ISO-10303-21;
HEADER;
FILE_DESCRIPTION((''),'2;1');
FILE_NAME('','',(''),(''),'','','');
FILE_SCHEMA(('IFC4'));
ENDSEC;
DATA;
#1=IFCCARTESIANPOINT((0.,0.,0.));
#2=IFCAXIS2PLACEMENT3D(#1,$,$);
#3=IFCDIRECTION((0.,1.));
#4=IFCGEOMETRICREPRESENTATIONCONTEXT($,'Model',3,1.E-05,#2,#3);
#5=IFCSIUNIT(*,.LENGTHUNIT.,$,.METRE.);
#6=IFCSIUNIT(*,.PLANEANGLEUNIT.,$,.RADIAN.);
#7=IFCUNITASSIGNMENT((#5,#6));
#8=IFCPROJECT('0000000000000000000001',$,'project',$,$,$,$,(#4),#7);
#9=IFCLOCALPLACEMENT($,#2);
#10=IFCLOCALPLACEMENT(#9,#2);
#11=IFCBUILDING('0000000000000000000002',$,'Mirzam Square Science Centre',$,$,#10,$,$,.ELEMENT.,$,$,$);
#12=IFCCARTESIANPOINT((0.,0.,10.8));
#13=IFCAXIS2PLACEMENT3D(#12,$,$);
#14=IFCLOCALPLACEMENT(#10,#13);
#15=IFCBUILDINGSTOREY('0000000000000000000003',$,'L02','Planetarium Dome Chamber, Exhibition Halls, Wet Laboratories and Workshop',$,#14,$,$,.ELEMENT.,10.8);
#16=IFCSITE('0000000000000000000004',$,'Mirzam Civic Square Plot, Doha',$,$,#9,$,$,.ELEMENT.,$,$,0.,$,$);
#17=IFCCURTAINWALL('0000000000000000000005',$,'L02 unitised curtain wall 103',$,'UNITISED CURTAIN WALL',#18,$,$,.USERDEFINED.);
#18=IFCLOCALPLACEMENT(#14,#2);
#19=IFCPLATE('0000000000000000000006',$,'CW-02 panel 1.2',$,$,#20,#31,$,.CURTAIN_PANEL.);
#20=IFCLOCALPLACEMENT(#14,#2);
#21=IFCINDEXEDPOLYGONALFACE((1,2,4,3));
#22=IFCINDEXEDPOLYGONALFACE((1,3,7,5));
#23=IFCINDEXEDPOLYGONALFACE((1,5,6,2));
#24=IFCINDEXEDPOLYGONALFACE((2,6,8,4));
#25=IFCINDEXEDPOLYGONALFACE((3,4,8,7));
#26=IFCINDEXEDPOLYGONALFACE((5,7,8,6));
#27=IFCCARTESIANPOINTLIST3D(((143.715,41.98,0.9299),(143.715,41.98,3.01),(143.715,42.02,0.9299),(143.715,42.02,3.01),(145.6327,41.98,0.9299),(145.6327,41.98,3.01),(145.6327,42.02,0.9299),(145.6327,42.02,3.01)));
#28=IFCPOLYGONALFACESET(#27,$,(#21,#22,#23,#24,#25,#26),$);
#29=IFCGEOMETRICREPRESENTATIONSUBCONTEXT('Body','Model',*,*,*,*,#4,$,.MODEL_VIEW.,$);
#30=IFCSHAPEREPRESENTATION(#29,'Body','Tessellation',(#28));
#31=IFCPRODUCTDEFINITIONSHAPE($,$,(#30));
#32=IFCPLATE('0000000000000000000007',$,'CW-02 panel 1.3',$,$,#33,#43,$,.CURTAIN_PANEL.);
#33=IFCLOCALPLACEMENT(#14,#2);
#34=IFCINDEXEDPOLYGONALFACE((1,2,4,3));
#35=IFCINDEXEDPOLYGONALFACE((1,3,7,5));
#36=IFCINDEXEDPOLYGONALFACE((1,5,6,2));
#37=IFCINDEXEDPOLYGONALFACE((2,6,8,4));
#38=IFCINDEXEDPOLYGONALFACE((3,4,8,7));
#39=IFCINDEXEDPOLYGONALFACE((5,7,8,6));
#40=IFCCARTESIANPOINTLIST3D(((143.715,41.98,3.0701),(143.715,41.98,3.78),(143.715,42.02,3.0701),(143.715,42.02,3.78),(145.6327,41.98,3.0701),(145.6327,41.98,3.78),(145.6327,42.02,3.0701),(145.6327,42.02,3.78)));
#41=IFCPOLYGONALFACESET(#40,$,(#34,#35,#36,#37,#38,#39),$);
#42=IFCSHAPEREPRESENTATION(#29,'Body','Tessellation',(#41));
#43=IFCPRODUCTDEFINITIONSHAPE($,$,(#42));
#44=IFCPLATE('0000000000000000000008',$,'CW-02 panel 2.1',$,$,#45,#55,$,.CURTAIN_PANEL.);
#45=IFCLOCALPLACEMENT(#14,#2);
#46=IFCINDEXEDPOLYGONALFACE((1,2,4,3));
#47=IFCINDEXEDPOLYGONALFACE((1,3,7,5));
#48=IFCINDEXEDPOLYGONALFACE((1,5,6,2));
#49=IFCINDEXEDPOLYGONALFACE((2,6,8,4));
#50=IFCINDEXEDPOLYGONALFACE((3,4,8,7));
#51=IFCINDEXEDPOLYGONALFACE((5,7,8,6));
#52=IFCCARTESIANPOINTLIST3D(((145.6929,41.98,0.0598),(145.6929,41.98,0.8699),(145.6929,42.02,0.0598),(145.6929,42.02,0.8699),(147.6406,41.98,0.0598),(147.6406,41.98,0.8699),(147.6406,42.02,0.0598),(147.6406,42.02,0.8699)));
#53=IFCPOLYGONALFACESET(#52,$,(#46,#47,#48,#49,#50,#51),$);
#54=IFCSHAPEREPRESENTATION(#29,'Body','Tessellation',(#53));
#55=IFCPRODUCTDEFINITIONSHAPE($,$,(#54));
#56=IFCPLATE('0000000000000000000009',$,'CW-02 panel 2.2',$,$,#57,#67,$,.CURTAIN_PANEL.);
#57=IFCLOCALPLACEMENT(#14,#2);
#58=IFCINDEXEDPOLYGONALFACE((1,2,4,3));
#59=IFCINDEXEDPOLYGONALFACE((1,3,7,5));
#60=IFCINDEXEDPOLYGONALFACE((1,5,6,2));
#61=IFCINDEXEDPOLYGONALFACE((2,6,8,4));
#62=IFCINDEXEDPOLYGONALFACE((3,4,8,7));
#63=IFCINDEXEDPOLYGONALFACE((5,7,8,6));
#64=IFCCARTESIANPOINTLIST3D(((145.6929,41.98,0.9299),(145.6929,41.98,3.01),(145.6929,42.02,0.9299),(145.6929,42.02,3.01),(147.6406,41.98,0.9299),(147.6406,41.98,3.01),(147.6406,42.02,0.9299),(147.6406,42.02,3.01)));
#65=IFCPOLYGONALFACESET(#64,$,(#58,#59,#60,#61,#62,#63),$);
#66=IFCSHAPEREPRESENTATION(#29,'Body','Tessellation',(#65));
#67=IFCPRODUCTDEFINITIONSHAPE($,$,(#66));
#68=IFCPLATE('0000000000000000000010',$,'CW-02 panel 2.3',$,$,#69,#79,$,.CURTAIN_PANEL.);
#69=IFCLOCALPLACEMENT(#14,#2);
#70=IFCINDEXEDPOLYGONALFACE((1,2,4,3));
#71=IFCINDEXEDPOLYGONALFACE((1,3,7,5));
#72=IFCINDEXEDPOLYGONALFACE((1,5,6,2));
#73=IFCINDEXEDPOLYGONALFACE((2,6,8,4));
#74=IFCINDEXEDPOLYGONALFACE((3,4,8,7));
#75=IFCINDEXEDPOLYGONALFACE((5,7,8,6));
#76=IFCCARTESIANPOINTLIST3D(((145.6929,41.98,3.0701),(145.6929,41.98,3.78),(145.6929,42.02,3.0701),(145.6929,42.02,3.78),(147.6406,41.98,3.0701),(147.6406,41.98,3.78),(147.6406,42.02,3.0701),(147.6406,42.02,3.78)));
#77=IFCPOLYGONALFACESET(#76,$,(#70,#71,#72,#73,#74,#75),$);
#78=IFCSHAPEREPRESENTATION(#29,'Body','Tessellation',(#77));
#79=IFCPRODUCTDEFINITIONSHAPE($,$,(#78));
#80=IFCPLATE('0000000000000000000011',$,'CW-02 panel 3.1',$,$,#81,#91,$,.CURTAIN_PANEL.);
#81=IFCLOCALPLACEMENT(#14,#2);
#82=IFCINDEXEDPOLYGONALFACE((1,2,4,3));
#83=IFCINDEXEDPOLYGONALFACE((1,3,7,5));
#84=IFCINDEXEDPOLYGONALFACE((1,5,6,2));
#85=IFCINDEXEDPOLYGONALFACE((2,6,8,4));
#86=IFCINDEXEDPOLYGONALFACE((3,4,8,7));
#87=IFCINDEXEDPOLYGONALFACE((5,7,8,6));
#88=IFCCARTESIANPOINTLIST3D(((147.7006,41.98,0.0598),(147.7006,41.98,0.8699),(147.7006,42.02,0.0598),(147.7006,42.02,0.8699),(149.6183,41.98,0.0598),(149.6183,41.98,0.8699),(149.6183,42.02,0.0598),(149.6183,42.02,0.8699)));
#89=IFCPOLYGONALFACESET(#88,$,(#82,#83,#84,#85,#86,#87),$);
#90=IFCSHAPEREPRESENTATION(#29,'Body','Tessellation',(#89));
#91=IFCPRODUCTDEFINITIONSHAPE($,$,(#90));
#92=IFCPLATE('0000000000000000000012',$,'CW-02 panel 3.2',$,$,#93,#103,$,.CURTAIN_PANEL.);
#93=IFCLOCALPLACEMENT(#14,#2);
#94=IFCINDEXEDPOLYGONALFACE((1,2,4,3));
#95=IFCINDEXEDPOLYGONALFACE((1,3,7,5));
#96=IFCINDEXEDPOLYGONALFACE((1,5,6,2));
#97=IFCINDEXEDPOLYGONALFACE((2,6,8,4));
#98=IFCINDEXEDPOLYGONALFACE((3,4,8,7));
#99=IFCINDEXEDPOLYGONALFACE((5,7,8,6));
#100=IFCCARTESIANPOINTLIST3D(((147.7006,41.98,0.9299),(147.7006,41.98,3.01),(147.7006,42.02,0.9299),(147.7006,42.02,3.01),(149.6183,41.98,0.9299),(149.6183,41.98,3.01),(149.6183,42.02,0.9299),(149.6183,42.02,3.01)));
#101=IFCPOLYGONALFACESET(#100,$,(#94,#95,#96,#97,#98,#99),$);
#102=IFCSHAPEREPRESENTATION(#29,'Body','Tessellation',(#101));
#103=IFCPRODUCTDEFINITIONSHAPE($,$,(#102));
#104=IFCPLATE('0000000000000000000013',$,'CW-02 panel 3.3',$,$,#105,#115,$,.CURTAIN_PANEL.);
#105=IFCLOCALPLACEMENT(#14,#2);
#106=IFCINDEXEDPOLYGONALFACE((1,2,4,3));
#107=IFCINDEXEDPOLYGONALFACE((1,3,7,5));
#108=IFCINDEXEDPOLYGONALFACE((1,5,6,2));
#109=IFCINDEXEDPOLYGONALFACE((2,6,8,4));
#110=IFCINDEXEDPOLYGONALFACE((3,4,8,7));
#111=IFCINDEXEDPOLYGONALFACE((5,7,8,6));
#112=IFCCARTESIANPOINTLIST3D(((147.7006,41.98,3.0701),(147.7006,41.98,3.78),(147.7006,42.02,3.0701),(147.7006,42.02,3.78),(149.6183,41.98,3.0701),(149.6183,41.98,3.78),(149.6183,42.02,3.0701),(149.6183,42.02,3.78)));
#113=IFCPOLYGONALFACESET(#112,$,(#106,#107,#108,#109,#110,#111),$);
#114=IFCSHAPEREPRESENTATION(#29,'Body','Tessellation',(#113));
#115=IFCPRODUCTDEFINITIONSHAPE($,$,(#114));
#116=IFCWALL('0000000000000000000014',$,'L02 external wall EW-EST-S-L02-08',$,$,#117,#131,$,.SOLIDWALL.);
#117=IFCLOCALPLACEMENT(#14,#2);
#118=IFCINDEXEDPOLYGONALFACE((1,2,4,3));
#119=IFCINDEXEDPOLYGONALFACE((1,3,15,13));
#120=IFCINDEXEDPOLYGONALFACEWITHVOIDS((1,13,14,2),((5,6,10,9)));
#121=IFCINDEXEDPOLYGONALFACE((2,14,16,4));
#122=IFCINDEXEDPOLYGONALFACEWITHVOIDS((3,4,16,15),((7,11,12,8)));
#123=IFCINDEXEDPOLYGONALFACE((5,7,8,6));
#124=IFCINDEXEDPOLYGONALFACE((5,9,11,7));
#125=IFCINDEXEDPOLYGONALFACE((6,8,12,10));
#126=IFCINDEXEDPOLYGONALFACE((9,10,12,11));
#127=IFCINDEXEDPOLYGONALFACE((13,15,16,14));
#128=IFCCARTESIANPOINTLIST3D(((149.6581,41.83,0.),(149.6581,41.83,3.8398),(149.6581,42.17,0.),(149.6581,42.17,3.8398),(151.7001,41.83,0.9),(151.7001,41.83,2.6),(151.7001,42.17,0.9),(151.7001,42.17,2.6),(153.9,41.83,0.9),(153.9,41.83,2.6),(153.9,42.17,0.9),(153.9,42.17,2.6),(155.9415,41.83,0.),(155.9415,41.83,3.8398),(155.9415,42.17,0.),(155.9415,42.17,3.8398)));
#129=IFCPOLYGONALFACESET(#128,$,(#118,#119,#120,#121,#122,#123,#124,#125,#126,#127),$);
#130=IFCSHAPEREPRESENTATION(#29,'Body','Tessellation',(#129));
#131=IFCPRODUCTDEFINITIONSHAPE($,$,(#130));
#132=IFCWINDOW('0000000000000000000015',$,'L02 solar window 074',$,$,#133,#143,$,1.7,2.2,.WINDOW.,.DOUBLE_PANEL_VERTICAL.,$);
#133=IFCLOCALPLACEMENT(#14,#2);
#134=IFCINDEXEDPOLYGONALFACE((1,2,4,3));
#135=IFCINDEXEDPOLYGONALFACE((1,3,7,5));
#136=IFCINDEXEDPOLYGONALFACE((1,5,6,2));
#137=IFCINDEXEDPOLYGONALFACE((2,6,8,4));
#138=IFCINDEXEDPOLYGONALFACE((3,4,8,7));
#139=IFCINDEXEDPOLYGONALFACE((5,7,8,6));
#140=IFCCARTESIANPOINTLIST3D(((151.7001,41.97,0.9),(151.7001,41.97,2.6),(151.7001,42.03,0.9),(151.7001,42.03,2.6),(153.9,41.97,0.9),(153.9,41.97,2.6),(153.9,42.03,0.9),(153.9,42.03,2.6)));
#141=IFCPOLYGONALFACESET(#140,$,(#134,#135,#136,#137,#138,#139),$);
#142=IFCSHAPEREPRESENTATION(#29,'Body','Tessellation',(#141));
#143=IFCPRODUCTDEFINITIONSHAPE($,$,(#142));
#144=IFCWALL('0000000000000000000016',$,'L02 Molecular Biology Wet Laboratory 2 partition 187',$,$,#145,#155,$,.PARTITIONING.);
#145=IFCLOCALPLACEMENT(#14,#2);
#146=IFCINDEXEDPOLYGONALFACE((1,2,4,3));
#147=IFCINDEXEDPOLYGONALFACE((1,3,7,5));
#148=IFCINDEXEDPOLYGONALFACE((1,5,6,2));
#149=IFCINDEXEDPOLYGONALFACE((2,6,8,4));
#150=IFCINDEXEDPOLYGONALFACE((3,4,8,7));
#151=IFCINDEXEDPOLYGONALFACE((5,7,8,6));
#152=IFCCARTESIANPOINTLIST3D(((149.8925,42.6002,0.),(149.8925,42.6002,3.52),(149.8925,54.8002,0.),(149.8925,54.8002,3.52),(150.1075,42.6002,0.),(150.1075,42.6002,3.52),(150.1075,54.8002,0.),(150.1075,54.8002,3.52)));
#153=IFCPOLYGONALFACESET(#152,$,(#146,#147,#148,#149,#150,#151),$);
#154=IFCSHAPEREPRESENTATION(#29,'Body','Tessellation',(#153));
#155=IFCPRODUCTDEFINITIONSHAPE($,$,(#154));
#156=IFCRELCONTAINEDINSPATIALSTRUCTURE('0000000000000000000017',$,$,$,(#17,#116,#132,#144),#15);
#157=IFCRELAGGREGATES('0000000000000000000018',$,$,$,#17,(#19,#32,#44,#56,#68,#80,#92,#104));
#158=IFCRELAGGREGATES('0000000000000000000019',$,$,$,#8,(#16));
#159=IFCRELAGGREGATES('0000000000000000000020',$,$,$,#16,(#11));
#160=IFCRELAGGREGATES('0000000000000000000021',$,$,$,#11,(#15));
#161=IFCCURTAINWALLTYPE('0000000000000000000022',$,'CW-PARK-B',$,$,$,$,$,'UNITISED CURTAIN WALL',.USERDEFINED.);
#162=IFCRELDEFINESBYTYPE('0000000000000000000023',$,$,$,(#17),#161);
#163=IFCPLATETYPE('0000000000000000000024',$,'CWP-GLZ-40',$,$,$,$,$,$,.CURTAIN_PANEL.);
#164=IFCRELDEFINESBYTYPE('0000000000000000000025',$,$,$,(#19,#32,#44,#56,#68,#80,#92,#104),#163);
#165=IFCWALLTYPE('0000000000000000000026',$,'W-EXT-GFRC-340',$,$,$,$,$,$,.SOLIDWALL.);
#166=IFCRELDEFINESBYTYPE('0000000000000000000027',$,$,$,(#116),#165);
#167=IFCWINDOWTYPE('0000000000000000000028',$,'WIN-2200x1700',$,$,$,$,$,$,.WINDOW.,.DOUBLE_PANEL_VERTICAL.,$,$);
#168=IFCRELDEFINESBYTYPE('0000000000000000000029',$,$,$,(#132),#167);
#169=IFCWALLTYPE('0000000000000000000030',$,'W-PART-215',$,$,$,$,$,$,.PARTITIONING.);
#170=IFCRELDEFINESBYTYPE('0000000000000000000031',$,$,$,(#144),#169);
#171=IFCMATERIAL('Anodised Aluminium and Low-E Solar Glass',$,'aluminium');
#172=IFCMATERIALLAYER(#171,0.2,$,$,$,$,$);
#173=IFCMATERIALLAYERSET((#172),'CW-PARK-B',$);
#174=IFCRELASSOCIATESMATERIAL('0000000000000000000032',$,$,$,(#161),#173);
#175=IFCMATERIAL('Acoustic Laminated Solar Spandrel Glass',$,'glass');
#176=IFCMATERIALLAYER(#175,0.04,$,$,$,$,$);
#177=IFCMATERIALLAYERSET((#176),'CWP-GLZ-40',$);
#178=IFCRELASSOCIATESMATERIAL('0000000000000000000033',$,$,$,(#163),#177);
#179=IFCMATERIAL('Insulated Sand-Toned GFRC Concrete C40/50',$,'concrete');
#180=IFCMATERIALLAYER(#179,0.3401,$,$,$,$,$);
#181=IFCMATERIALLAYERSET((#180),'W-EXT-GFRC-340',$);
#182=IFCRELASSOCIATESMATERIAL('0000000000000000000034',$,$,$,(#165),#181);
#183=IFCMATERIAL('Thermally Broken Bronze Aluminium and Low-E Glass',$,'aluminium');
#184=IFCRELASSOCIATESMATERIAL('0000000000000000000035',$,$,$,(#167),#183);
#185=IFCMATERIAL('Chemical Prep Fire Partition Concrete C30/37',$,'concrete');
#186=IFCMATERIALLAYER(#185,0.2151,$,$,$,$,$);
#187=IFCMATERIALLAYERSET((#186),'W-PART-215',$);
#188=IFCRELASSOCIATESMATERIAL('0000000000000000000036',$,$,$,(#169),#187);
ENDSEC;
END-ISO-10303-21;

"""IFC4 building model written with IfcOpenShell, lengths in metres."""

from ifc_helpers import new_model, si_unit, direction, frame, frame_2d, origin, origin_2d, place, context, subcontext, project, spatial, rectangle, extrude, material, layer, layer_set, type_object, element, fill, aggregate, save


model = new_model("IFC4")

# Units and contexts
model_context = context("Model", 3, precision=1e-05, world=origin(), true_north=direction((0.0, 1.0)))
body_context = subcontext(model_context, "Body", "Model", "MODEL_VIEW")
ifc_project = project(units=[si_unit("LENGTHUNIT", "METRE"), si_unit("PLANEANGLEUNIT", "RADIAN")], contexts=[model_context])

# Site, building, storey
site_placement = place(None, origin())
site = spatial("IfcSite", under=ifc_project, at=site_placement, Name="Mirzam Civic Square Plot, Doha", CompositionType="ELEMENT", RefElevation=0.0)
building_placement = place(site_placement, origin())
building = spatial("IfcBuilding", under=site, at=building_placement, Name="Mirzam Square Science Centre", CompositionType="ELEMENT")
storey_placement = place(building_placement, frame((0.0, 0.0, 10.8)))
storey = spatial("IfcBuildingStorey", under=building, at=storey_placement, Name="L02", Description="Planetarium Dome Chamber, Exhibition Halls, Wet Laboratories and Workshop", CompositionType="ELEMENT", Elevation=10.8)

# Curtain wall
ifc_material_1 = material(Name="Anodised Aluminium and Low-E Solar Glass", Category="aluminium")
ifc_layer_1 = layer(ifc_material_1, 0.2)
ifc_layer_set_1 = layer_set([ifc_layer_1], Name="CW-PARK-B")
curtain_wall_type_1 = type_object("IfcCurtainWallType", Name="CW-PARK-B", ElementType="UNITISED CURTAIN WALL", PredefinedType="USERDEFINED", material=ifc_layer_set_1)
curtain_wall_1_placement = place(storey_placement, origin())
curtain_wall_1 = element("IfcCurtainWall", 1, at=curtain_wall_1_placement, inside=storey, type_object=curtain_wall_type_1, Name="L02 unitised curtain wall 103", ObjectType="UNITISED CURTAIN WALL", PredefinedType="USERDEFINED")

# Plates
ifc_material_2 = material(Name="Acoustic Laminated Solar Spandrel Glass", Category="glass")
ifc_layer_2 = layer(ifc_material_2, 0.04)
ifc_layer_set_2 = layer_set([ifc_layer_2], Name="CWP-GLZ-40")
plate_type = type_object("IfcPlateType", Name="CWP-GLZ-40", PredefinedType="CURTAIN_PANEL", material=ifc_layer_set_2)
plate_1_placement = place(storey_placement, frame((144.6738, 42.0, 0.9299), z_axis=(0.0, 0.0, 1.0), x_axis=(1.0, 0.0, 0.0)))
plate_1 = element("IfcPlate", 2, at=plate_1_placement, type_object=plate_type, Name="CW-02 panel 1.2", PredefinedType="CURTAIN_PANEL", context=body_context, shape_type="SweptSolid", body=[
    extrude(rectangle(XDim=1.9177, YDim=0.04, at=origin_2d()), origin(), (0.0, 0.0, 1.0), 2.0801),
])
plate_2_placement = place(storey_placement, frame((144.6738, 42.0, 3.0701), z_axis=(0.0, 0.0, 1.0), x_axis=(1.0, 0.0, 0.0)))
plate_2 = element("IfcPlate", 3, at=plate_2_placement, type_object=plate_type, Name="CW-02 panel 1.3", PredefinedType="CURTAIN_PANEL", context=body_context, shape_type="SweptSolid", body=[
    extrude(rectangle(XDim=1.9177, YDim=0.04, at=origin_2d()), origin(), (0.0, 0.0, 1.0), 0.71),
])
plate_3_placement = place(storey_placement, frame((146.6667, 42.0, 0.0598), z_axis=(0.0, 0.0, 1.0), x_axis=(1.0, 0.0, 0.0)))
plate_3 = element("IfcPlate", 4, at=plate_3_placement, type_object=plate_type, Name="CW-02 panel 2.1", PredefinedType="CURTAIN_PANEL", context=body_context, shape_type="SweptSolid", body=[
    extrude(rectangle(XDim=1.9478, YDim=0.04, at=origin_2d()), origin(), (0.0, 0.0, 1.0), 0.8101),
])
plate_4_placement = place(storey_placement, frame((146.6667, 42.0, 0.9299), z_axis=(0.0, 0.0, 1.0), x_axis=(1.0, 0.0, 0.0)))
plate_4 = element("IfcPlate", 5, at=plate_4_placement, type_object=plate_type, Name="CW-02 panel 2.2", PredefinedType="CURTAIN_PANEL", context=body_context, shape_type="SweptSolid", body=[
    extrude(rectangle(XDim=1.9478, YDim=0.04, at=origin_2d()), origin(), (0.0, 0.0, 1.0), 2.0801),
])
plate_5_placement = place(storey_placement, frame((146.6667, 42.0, 3.0701), z_axis=(0.0, 0.0, 1.0), x_axis=(1.0, 0.0, 0.0)))
plate_5 = element("IfcPlate", 6, at=plate_5_placement, type_object=plate_type, Name="CW-02 panel 2.3", PredefinedType="CURTAIN_PANEL", context=body_context, shape_type="SweptSolid", body=[
    extrude(rectangle(XDim=1.9478, YDim=0.04, at=origin_2d()), origin(), (0.0, 0.0, 1.0), 0.71),
])
plate_6_placement = place(storey_placement, frame((148.6594, 42.0, 0.0598), z_axis=(0.0, 0.0, 1.0), x_axis=(1.0, 0.0, 0.0)))
plate_6 = element("IfcPlate", 7, at=plate_6_placement, type_object=plate_type, Name="CW-02 panel 3.1", PredefinedType="CURTAIN_PANEL", context=body_context, shape_type="SweptSolid", body=[
    extrude(rectangle(XDim=1.9177, YDim=0.04, at=origin_2d()), origin(), (0.0, 0.0, 1.0), 0.8101),
])
plate_7_placement = place(storey_placement, frame((148.6594, 42.0, 0.9299), z_axis=(0.0, 0.0, 1.0), x_axis=(1.0, 0.0, 0.0)))
plate_7 = element("IfcPlate", 8, at=plate_7_placement, type_object=plate_type, Name="CW-02 panel 3.2", PredefinedType="CURTAIN_PANEL", context=body_context, shape_type="SweptSolid", body=[
    extrude(rectangle(XDim=1.9177, YDim=0.04, at=origin_2d()), origin(), (0.0, 0.0, 1.0), 2.0801),
])
plate_8_placement = place(storey_placement, frame((148.6594, 42.0, 3.0701), z_axis=(0.0, 0.0, 1.0), x_axis=(1.0, 0.0, 0.0)))
plate_8 = element("IfcPlate", 9, at=plate_8_placement, type_object=plate_type, Name="CW-02 panel 3.3", PredefinedType="CURTAIN_PANEL", context=body_context, shape_type="SweptSolid", body=[
    extrude(rectangle(XDim=1.9177, YDim=0.04, at=origin_2d()), origin(), (0.0, 0.0, 1.0), 0.71),
])
aggregate(curtain_wall_1, [plate_1, plate_2, plate_3, plate_4, plate_5, plate_6, plate_7, plate_8])

# Wall, opening, window
ifc_material_3 = material(Name="Insulated Sand-Toned GFRC Concrete C40/50", Category="concrete")
ifc_layer_3 = layer(ifc_material_3, 0.3401)
ifc_layer_set_3 = layer_set([ifc_layer_3], Name="W-EXT-GFRC-340")
wall_type_1 = type_object("IfcWallType", Name="W-EXT-GFRC-340", PredefinedType="SOLIDWALL", material=ifc_layer_set_3)
wall_1_placement = place(storey_placement, frame((149.6582, 42.0, 0.0), z_axis=(0.0, 0.0, 1.0), x_axis=(1.0, 0.0, 0.0)))
wall_1 = element("IfcWall", 10, at=wall_1_placement, inside=storey, type_object=wall_type_1, Name="L02 external wall EW-EST-S-L02-08", PredefinedType="SOLIDWALL", context=body_context, shape_type="SweptSolid", body=[
    extrude(rectangle(XDim=6.2834, YDim=0.3401, at=frame_2d((3.1416, 0.0))), origin(), (0.0, 0.0, 1.0), 3.8398),
])
opening_placement = place(wall_1_placement, frame((2.0417, 0.0, 0.8999)))
opening = element("IfcOpeningElement", 11, at=opening_placement, cuts=wall_1, PredefinedType="OPENING", context=body_context, shape_type="SweptSolid", body=[
    extrude(rectangle(XDim=2.2, YDim=1.7, at=frame_2d((1.1001, 0.8501))), frame((0.0, 0.1799, 0.0), z_axis=(0.0, -1.0, 0.0), x_axis=(1.0, 0.0, 0.0)), (0.0, 0.0, 1.0), 0.3601),
])
ifc_material_4 = material(Name="Thermally Broken Bronze Aluminium and Low-E Glass", Category="aluminium")
window_type = type_object("IfcWindowType", Name="WIN-2200x1700", PartitioningType="DOUBLE_PANEL_VERTICAL", PredefinedType="WINDOW", material=ifc_material_4)
window_placement = place(opening_placement, origin())
window = element("IfcWindow", 12, at=window_placement, inside=storey, type_object=window_type, Name="L02 solar window 074", OverallHeight=1.7, OverallWidth=2.2, PartitioningType="DOUBLE_PANEL_VERTICAL", PredefinedType="WINDOW", context=body_context, shape_type="SweptSolid", body=[
    extrude(rectangle(XDim=2.2, YDim=1.7, at=frame_2d((1.1001, 0.8501))), frame((0.0, 0.03, 0.0), z_axis=(0.0, -1.0, 0.0), x_axis=(1.0, 0.0, 0.0)), (0.0, 0.0, 1.0), 0.0601),
])
fill(opening, window)

# Wall
ifc_material_5 = material(Name="Chemical Prep Fire Partition Concrete C30/37", Category="concrete")
ifc_layer_4 = layer(ifc_material_5, 0.2151)
ifc_layer_set_4 = layer_set([ifc_layer_4], Name="W-PART-215")
wall_type_2 = type_object("IfcWallType", Name="W-PART-215", PredefinedType="PARTITIONING", material=ifc_layer_set_4)
wall_2_placement = place(storey_placement, frame((150.0, 42.6001, 0.0), z_axis=(0.0, 0.0, 1.0), x_axis=(0.0, 1.0, 0.0)))
element("IfcWall", 13, at=wall_2_placement, inside=storey, type_object=wall_type_2, Name="L02 Molecular Biology Wet Laboratory 2 partition 187", PredefinedType="PARTITIONING", context=body_context, shape_type="SweptSolid", body=[
    extrude(rectangle(XDim=12.2, YDim=0.2151, at=frame_2d((6.1001, 0.0))), origin(), (0.0, 0.0, 1.0), 3.52),
])

save(model, "model.ifc")
